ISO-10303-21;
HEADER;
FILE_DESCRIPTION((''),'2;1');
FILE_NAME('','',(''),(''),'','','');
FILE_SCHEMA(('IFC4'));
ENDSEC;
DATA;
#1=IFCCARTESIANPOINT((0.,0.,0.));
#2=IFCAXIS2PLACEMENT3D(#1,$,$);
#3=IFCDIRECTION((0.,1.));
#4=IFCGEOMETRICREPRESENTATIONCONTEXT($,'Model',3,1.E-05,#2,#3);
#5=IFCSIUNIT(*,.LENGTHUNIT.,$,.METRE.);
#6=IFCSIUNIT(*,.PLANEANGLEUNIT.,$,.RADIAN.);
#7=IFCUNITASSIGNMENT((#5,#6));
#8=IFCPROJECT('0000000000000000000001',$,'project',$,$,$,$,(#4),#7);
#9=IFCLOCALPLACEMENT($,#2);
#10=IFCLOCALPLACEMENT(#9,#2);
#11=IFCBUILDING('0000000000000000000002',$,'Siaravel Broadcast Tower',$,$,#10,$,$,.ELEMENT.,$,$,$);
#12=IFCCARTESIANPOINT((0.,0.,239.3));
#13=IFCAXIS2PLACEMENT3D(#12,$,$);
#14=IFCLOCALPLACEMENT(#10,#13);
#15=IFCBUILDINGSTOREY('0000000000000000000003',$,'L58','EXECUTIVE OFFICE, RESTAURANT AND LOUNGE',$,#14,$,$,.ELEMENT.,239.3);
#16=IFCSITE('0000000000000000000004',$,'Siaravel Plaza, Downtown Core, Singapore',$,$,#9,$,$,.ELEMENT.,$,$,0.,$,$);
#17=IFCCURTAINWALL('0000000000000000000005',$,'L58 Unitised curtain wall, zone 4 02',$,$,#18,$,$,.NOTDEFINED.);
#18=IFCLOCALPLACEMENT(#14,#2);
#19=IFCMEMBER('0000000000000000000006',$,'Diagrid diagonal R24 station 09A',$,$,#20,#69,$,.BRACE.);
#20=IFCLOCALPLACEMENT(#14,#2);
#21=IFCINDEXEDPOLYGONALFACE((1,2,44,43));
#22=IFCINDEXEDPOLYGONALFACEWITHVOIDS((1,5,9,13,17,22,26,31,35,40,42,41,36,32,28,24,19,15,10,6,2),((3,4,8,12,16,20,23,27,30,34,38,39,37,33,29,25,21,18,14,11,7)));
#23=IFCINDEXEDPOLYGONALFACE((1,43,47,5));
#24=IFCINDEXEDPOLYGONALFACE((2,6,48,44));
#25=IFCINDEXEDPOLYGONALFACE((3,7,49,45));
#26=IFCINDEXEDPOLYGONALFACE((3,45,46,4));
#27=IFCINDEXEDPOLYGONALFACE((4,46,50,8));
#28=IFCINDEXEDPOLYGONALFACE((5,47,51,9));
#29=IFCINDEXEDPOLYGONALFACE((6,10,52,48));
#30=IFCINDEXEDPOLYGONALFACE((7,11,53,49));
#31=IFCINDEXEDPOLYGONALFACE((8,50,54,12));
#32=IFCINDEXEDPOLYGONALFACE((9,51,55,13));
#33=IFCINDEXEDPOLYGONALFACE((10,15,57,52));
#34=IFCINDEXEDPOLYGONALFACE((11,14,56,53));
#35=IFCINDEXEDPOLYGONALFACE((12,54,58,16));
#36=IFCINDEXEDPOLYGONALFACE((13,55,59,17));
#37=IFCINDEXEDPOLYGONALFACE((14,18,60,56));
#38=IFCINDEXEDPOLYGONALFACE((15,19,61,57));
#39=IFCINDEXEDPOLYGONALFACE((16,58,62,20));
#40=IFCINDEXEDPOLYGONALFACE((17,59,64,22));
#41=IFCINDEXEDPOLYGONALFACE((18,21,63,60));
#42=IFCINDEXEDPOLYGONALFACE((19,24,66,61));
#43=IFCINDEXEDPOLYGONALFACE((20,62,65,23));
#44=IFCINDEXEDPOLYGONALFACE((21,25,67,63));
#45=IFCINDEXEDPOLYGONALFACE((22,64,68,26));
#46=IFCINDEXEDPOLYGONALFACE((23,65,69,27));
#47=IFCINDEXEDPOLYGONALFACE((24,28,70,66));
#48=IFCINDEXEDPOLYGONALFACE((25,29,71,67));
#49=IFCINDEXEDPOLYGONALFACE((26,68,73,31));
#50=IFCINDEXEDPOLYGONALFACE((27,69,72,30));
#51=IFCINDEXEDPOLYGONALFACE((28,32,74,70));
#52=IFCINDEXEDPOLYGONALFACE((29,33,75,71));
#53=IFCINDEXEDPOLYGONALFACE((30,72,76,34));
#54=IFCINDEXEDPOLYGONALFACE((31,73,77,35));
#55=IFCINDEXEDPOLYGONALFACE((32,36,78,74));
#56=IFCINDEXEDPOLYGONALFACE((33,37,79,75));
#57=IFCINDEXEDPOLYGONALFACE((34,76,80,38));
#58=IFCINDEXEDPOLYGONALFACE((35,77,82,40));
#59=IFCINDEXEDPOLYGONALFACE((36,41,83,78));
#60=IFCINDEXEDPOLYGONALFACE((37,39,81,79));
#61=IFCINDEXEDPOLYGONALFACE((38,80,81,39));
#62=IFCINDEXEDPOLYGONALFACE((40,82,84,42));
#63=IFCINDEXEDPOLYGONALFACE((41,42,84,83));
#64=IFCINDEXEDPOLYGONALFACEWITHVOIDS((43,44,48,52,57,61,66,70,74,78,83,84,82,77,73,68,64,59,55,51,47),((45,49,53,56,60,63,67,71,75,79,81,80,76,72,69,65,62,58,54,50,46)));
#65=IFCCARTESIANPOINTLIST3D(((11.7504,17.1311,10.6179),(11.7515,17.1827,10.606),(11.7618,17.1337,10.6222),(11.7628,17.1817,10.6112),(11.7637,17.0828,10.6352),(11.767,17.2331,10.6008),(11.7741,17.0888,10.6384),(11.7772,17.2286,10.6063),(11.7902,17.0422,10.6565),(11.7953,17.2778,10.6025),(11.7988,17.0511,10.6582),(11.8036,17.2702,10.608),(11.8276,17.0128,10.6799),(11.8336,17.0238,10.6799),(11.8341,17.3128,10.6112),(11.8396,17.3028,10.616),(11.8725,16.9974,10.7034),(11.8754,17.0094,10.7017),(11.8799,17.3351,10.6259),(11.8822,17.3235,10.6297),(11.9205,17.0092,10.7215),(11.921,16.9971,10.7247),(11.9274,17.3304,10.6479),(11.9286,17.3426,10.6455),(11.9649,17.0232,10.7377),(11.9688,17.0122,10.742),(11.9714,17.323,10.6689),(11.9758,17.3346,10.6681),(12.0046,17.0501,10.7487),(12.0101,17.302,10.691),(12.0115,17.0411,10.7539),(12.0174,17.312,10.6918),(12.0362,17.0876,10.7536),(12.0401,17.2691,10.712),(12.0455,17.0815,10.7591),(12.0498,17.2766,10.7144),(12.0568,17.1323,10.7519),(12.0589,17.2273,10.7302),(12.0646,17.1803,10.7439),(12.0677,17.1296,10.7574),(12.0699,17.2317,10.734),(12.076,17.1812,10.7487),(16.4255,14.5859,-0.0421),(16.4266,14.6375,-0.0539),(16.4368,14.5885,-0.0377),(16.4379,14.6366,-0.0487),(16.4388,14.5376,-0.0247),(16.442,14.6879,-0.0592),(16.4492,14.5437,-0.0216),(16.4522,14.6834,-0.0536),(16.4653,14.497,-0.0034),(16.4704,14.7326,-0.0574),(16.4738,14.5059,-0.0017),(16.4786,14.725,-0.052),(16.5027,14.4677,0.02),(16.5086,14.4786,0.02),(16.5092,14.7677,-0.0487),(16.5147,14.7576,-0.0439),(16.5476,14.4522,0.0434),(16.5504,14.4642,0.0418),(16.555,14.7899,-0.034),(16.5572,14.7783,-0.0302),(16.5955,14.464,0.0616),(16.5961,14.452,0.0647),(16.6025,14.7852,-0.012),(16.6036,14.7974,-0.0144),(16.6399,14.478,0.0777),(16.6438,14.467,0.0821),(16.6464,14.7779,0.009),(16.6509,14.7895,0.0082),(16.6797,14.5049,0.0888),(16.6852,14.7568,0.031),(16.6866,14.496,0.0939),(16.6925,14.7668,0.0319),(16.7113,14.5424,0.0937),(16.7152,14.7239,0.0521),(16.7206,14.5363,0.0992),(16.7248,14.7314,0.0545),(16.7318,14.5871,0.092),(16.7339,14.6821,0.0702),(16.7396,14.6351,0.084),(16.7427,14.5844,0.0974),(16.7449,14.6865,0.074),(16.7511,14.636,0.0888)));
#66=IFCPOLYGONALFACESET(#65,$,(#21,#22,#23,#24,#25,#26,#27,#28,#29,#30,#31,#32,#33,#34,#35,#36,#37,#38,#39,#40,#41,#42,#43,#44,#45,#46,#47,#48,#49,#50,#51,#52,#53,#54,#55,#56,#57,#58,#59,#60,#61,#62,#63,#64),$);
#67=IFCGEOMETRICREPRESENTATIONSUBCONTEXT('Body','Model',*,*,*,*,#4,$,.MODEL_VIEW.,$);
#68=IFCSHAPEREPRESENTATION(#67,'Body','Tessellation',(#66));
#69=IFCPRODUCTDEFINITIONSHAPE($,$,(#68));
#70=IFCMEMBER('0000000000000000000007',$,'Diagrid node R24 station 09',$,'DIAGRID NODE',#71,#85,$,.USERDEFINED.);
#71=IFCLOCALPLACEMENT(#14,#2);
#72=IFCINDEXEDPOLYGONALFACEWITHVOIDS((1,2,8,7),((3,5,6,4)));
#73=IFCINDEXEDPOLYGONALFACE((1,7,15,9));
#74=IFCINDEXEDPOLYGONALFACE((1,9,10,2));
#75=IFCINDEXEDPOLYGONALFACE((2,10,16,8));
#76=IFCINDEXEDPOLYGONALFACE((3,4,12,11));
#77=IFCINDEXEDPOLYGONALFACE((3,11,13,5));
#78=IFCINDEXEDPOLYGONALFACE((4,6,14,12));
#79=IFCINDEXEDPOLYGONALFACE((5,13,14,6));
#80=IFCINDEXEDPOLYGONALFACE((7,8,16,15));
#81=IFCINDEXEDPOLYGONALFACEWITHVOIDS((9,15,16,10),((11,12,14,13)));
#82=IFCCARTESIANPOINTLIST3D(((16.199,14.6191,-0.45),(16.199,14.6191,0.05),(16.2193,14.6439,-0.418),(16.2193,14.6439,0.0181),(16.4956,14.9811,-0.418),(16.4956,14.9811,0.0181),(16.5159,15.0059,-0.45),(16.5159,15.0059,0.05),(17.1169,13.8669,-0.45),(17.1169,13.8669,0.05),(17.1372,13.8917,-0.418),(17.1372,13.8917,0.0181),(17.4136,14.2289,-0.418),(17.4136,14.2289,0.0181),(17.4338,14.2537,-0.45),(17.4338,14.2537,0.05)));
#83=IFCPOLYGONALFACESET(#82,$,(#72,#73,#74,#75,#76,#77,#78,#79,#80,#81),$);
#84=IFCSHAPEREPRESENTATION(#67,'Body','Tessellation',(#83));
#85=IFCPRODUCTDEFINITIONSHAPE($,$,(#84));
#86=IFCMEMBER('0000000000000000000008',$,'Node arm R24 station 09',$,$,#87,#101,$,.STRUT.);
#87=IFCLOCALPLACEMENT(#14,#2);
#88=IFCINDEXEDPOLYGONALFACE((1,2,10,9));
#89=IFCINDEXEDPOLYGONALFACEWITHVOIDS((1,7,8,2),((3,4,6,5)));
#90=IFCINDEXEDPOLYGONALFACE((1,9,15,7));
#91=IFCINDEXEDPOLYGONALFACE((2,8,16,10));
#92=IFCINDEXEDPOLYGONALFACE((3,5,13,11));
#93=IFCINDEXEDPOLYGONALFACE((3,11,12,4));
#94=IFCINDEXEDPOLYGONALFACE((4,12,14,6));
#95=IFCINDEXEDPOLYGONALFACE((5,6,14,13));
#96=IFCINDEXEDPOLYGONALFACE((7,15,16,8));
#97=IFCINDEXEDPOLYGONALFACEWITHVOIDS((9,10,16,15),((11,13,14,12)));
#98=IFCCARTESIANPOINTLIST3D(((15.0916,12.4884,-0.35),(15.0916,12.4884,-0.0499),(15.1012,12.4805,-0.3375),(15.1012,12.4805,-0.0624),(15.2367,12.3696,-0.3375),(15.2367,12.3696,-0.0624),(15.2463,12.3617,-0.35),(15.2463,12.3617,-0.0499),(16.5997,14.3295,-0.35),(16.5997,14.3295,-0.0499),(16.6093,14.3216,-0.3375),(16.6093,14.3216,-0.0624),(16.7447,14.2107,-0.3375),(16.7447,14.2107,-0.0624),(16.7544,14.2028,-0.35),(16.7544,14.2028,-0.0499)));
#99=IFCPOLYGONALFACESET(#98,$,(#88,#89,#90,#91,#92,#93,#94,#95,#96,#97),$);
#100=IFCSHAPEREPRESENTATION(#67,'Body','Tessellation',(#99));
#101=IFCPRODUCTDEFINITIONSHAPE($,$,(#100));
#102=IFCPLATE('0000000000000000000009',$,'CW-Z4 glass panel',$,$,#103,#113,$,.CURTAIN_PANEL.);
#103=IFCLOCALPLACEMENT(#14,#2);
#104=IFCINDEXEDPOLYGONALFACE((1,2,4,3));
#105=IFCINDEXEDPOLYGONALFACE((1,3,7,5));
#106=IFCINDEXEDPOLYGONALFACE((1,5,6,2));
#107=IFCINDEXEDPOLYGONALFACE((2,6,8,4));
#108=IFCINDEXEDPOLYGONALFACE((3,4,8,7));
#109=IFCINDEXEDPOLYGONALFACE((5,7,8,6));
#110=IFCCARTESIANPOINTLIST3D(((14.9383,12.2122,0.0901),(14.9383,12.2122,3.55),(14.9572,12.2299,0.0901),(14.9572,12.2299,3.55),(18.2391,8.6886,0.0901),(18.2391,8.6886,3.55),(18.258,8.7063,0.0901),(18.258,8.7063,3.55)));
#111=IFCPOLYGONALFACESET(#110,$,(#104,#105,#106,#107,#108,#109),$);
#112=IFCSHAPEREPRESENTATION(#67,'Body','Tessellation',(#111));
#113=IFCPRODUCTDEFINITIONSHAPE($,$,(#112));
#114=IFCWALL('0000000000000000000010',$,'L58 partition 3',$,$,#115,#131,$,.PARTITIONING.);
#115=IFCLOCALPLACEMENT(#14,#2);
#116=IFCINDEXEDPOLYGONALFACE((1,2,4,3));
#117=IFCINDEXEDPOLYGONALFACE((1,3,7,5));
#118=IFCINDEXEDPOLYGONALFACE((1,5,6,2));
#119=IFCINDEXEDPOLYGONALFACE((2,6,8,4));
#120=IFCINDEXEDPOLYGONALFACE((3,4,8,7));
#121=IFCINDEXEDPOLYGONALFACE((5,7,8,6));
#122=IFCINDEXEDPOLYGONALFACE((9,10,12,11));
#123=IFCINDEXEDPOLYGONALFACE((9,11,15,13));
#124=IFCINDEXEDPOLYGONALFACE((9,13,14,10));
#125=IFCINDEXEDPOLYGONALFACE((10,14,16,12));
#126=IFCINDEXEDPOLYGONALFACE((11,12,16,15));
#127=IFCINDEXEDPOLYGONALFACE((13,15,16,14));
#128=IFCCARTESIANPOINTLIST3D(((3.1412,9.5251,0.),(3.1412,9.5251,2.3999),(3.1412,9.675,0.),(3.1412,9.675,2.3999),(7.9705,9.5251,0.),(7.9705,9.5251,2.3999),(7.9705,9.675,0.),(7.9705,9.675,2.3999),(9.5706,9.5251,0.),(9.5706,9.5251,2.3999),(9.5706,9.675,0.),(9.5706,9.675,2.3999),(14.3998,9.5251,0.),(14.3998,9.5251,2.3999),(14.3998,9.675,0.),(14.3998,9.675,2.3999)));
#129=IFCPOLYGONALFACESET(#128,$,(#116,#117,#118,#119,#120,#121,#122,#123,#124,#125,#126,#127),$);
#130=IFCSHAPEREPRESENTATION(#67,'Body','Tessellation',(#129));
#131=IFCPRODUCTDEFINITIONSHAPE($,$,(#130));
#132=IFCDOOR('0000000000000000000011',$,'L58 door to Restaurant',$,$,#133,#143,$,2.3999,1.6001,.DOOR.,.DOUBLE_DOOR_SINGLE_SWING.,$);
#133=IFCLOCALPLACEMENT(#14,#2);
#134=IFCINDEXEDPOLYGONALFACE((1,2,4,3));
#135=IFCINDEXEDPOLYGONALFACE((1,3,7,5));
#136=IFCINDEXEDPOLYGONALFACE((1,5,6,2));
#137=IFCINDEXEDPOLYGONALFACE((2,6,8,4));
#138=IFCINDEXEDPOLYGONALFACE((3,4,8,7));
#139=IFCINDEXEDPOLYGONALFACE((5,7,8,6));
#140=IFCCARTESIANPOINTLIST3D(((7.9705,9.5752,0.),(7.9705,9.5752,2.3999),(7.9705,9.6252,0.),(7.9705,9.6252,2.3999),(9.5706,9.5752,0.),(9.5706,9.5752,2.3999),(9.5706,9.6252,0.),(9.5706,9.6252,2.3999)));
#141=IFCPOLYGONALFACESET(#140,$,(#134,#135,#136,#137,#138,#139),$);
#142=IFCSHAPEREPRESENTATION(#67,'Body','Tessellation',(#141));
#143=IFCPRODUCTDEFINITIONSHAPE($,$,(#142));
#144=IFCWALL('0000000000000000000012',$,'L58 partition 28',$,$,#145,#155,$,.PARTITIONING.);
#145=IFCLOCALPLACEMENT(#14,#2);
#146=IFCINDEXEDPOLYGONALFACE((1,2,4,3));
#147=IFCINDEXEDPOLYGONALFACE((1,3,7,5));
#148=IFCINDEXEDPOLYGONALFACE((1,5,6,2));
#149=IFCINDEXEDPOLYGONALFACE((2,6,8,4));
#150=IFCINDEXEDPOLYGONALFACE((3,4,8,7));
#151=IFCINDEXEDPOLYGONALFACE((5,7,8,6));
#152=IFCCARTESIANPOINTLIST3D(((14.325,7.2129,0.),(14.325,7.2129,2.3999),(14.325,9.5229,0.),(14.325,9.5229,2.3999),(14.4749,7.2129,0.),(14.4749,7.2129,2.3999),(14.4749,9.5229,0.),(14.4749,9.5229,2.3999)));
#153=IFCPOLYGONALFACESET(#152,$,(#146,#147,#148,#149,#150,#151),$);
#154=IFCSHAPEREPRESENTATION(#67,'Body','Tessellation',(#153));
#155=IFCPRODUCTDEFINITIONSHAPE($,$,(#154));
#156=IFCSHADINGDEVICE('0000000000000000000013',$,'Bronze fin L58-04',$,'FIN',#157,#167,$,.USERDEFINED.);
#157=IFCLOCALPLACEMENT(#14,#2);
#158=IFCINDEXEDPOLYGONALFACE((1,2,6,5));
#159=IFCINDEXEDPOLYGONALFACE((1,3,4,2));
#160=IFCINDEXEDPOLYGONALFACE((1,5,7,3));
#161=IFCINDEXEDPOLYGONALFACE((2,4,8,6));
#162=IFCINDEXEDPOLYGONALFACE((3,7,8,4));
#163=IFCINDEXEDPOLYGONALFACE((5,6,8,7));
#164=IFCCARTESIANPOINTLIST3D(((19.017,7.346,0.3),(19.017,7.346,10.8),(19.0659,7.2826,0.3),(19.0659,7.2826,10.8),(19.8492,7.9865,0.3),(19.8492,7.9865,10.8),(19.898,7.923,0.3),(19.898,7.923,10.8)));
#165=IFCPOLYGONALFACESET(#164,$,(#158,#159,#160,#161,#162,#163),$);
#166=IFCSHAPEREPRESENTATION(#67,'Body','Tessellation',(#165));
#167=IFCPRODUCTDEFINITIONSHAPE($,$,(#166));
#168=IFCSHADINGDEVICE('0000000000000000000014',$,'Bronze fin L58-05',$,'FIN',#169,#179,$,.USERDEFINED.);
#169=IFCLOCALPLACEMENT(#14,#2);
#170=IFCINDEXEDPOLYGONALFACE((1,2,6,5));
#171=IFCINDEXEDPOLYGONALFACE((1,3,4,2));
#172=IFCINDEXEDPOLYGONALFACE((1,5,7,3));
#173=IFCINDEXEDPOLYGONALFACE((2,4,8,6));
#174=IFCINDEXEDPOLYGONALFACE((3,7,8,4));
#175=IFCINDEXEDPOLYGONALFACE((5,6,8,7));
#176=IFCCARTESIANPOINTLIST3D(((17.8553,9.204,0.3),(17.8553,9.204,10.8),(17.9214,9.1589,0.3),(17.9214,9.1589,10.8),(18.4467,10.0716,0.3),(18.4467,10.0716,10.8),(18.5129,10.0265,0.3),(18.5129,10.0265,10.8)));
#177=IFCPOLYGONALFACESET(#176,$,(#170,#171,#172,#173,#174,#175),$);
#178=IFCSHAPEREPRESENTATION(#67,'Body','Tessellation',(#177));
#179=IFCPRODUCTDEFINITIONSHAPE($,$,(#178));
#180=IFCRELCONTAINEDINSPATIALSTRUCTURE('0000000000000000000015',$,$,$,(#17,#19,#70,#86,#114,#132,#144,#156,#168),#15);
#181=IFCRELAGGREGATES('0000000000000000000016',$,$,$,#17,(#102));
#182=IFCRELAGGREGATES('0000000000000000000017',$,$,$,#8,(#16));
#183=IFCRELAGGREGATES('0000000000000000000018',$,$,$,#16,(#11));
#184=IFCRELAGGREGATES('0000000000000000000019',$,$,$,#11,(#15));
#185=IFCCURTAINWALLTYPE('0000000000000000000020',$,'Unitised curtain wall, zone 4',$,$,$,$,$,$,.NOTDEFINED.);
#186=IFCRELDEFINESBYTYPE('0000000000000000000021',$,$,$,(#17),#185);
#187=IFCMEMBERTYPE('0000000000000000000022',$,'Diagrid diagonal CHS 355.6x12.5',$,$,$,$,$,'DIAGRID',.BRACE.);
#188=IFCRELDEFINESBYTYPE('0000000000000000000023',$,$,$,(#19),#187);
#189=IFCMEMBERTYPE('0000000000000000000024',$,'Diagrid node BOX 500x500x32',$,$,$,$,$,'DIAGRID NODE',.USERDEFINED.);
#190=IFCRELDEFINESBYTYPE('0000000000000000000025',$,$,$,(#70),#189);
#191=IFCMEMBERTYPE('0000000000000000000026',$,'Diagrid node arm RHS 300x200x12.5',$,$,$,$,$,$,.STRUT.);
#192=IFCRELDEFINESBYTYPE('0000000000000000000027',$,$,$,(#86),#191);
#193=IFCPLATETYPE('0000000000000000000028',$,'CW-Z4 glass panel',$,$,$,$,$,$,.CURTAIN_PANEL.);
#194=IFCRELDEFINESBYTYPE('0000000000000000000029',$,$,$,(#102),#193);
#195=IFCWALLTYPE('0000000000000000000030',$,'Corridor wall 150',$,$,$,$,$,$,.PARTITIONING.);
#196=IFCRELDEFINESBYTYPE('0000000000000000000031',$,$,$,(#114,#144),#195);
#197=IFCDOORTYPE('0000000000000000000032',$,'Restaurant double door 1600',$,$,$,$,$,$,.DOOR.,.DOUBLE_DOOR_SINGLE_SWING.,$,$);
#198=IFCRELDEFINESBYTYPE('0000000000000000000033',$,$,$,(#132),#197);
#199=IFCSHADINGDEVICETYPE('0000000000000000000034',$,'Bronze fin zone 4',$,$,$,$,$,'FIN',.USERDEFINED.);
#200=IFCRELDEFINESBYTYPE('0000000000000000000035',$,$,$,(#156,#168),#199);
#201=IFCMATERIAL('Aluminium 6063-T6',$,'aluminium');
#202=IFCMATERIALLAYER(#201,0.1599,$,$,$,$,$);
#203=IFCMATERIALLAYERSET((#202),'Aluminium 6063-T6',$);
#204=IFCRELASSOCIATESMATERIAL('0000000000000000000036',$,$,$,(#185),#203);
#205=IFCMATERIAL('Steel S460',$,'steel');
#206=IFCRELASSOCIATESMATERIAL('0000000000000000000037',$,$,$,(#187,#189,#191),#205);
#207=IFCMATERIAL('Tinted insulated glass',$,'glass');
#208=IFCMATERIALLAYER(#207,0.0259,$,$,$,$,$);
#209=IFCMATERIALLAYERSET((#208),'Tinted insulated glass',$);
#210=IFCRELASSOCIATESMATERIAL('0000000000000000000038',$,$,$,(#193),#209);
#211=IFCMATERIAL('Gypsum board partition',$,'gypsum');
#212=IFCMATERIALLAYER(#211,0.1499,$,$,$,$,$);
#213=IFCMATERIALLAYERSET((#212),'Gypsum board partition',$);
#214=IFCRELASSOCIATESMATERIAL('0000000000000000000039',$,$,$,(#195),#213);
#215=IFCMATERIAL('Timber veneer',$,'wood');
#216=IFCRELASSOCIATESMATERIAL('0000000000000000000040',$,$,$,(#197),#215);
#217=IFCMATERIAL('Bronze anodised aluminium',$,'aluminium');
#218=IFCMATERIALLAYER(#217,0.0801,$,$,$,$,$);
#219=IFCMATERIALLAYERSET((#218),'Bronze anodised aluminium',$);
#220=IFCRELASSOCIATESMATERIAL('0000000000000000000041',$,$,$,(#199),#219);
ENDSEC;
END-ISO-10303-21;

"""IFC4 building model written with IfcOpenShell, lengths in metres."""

from ifc_helpers import new_model, si_unit, direction, frame, frame_2d, origin, origin_2d, place, context, subcontext, project, spatial, rectangle, hollow_rectangle, hollow_circle, extrude, material, layer, layer_set, material_profile, profile_set, type_object, element, fill, aggregate, save


model = new_model("IFC4")

# Units and contexts
model_context = context("Model", 3, precision=1e-05, world=origin(), true_north=direction((0.0, 1.0)))
body_context = subcontext(model_context, "Body", "Model", "MODEL_VIEW")
ifc_project = project(units=[si_unit("LENGTHUNIT", "METRE"), si_unit("PLANEANGLEUNIT", "RADIAN")], contexts=[model_context])

# Site, building, storey
site_placement = place(None, origin())
site = spatial("IfcSite", under=ifc_project, at=site_placement, Name="Siaravel Plaza, Downtown Core, Singapore", CompositionType="ELEMENT", RefElevation=0.0)
building_placement = place(site_placement, origin())
building = spatial("IfcBuilding", under=site, at=building_placement, Name="Siaravel Broadcast Tower", CompositionType="ELEMENT")
storey_placement = place(building_placement, frame((0.0, 0.0, 239.3)))
storey = spatial("IfcBuildingStorey", under=building, at=storey_placement, Name="L58", Description="EXECUTIVE OFFICE, RESTAURANT AND LOUNGE", CompositionType="ELEMENT", Elevation=239.3)

# Shared definitions
ifc_material_1 = material(Name="Aluminium 6063-T6", Category="aluminium")
ifc_layer_1 = layer(ifc_material_1, 0.1599)
ifc_layer_set_1 = layer_set([ifc_layer_1], Name="Aluminium 6063-T6")
curtain_wall_type = type_object("IfcCurtainWallType", Name="Unitised curtain wall, zone 4", PredefinedType="NOTDEFINED", material=ifc_layer_set_1)

# Curtain wall
curtain_wall_1_placement = place(storey_placement, origin())
curtain_wall_1 = element("IfcCurtainWall", 1, at=curtain_wall_1_placement, inside=storey, type_object=curtain_wall_type, Name="L58 Unitised curtain wall, zone 4 02", PredefinedType="NOTDEFINED")

# Members
ifc_material_2 = material(Name="Steel S460", Category="steel")
ifc_material_profile_1 = material_profile(ifc_material_2, hollow_circle(Radius=0.1777, WallThickness=0.0125, at=origin_2d()))
ifc_profile_set_1 = profile_set([ifc_material_profile_1], Name="Steel S460")
member_type_1 = type_object("IfcMemberType", Name="Diagrid diagonal CHS 355.6x12.5", ElementType="DIAGRID", PredefinedType="BRACE", material=ifc_profile_set_1)
member_1_placement = place(storey_placement, frame((16.5876, 14.6238, 0.02), z_axis=(-0.392366, 0.21361, 0.894662), x_axis=(-0.478148, -0.878279, 0.0)))
element("IfcMember", 2, at=member_1_placement, inside=storey, type_object=member_type_1, Name="Diagrid diagonal R24 station 09A", PredefinedType="BRACE", context=body_context, shape_type="SweptSolid", body=[
    extrude(hollow_circle(Radius=0.1777, WallThickness=0.0125, at=origin_2d()), origin(), (0.0, 0.0, 1.0), 11.915),
])
ifc_material_profile_2 = material_profile(ifc_material_2, hollow_rectangle(XDim=0.5, YDim=0.5, WallThickness=0.032, at=origin_2d()))
ifc_profile_set_2 = profile_set([ifc_material_profile_2], Name="Steel S460")
member_type_2 = type_object("IfcMemberType", Name="Diagrid node BOX 500x500x32", ElementType="DIAGRID NODE", PredefinedType="USERDEFINED", material=ifc_profile_set_2)
member_2_placement = place(storey_placement, frame((17.2754, 14.0603, -0.2), z_axis=(-0.77349, 0.633809, 0.0), x_axis=(-0.633809, -0.77349, 0.0)))
element("IfcMember", 3, at=member_2_placement, inside=storey, type_object=member_type_2, Name="Diagrid node R24 station 09", ObjectType="DIAGRID NODE", PredefinedType="USERDEFINED", context=body_context, shape_type="SweptSolid", body=[
    extrude(hollow_rectangle(XDim=0.5, YDim=0.5, WallThickness=0.032, at=origin_2d()), origin(), (0.0, 0.0, 1.0), 1.1868),
])
ifc_material_profile_3 = material_profile(ifc_material_2, hollow_rectangle(XDim=0.2, YDim=0.3, WallThickness=0.0125, at=origin_2d()))
ifc_profile_set_3 = profile_set([ifc_material_profile_3], Name="Steel S460")
member_type_3 = type_object("IfcMemberType", Name="Diagrid node arm RHS 300x200x12.5", PredefinedType="STRUT", material=ifc_profile_set_3)
member_3_placement = place(storey_placement, frame((15.1689, 12.425, -0.2), z_axis=(0.633673, 0.773601, 0.0), x_axis=(-0.773601, 0.633673, 0.0)))
element("IfcMember", 4, at=member_3_placement, inside=storey, type_object=member_type_3, Name="Node arm R24 station 09", PredefinedType="STRUT", context=body_context, shape_type="SweptSolid", body=[
    extrude(hollow_rectangle(XDim=0.2, YDim=0.3, WallThickness=0.0125, at=origin_2d()), origin(), (0.0, 0.0, 1.0), 2.3799),
])

# Plate
ifc_material_3 = material(Name="Tinted insulated glass", Category="glass")
ifc_layer_2 = layer(ifc_material_3, 0.0259)
ifc_layer_set_2 = layer_set([ifc_layer_2], Name="Tinted insulated glass")
plate_type = type_object("IfcPlateType", Name="CW-Z4 glass panel", PredefinedType="CURTAIN_PANEL", material=ifc_layer_set_2)
plate_placement = place(storey_placement, frame((16.5981, 10.4592, 0.0901), z_axis=(0.0, 0.0, 1.0), x_axis=(-0.683654, 0.729807, 0.0)))
plate = element("IfcPlate", 5, at=plate_placement, type_object=plate_type, Name="CW-Z4 glass panel", PredefinedType="CURTAIN_PANEL", context=body_context, shape_type="SweptSolid", body=[
    extrude(rectangle(XDim=4.8281, YDim=0.0259, at=origin_2d()), origin(), (0.0, 0.0, 1.0), 3.46),
])
aggregate(curtain_wall_1, [plate])

# Wall, opening, door
ifc_material_4 = material(Name="Gypsum board partition", Category="gypsum")
ifc_layer_3 = layer(ifc_material_4, 0.1499)
ifc_layer_set_3 = layer_set([ifc_layer_3], Name="Gypsum board partition")
wall_type = type_object("IfcWallType", Name="Corridor wall 150", PredefinedType="PARTITIONING", material=ifc_layer_set_3)
wall_1_placement = place(storey_placement, frame((14.3999, 9.6001, 0.0), z_axis=(0.0, 0.0, 1.0), x_axis=(-1.0, 0.0, 0.0)))
wall_1 = element("IfcWall", 6, at=wall_1_placement, inside=storey, type_object=wall_type, Name="L58 partition 3", PredefinedType="PARTITIONING", context=body_context, shape_type="SweptSolid", body=[
    extrude(rectangle(XDim=11.2585, YDim=0.1499, at=frame_2d((5.6294, 0.0))), origin(), (0.0, 0.0, 1.0), 2.3999),
])
opening_placement = place(wall_1_placement, frame((4.8293, 0.0, 0.0)))
opening = element("IfcOpeningElement", 7, at=opening_placement, cuts=wall_1, PredefinedType="OPENING", context=body_context, shape_type="SweptSolid", body=[
    extrude(rectangle(XDim=1.6001, YDim=2.3999, at=frame_2d((0.8, 1.2))), frame((0.0, 0.085, 0.0), z_axis=(0.0, -1.0, 0.0), x_axis=(1.0, 0.0, 0.0)), (0.0, 0.0, 1.0), 0.1699),
])
ifc_material_5 = material(Name="Timber veneer", Category="wood")
door_type = type_object("IfcDoorType", Name="Restaurant double door 1600", OperationType="DOUBLE_DOOR_SINGLE_SWING", PredefinedType="DOOR", material=ifc_material_5)
door_placement = place(opening_placement, origin())
door = element("IfcDoor", 8, at=door_placement, inside=storey, type_object=door_type, Name="L58 door to Restaurant", OperationType="DOUBLE_DOOR_SINGLE_SWING", OverallHeight=2.3999, OverallWidth=1.6001, PredefinedType="DOOR", context=body_context, shape_type="SweptSolid", body=[
    extrude(rectangle(XDim=1.6001, YDim=2.3999, at=frame_2d((0.8, 1.2))), frame((0.0, 0.0249, 0.0), z_axis=(0.0, -1.0, 0.0), x_axis=(1.0, 0.0, 0.0)), (0.0, 0.0, 1.0), 0.05),
])
fill(opening, door)

# Wall
wall_2_placement = place(storey_placement, frame((14.3999, 7.2129, 0.0), z_axis=(0.0, 0.0, 1.0), x_axis=(0.0, 1.0, 0.0)))
element("IfcWall", 9, at=wall_2_placement, inside=storey, type_object=wall_type, Name="L58 partition 28", PredefinedType="PARTITIONING", context=body_context, shape_type="SweptSolid", body=[
    extrude(rectangle(XDim=2.3101, YDim=0.1499, at=frame_2d((1.155, 0.0))), origin(), (0.0, 0.0, 1.0), 2.3999),
])

# Shading devices
ifc_material_6 = material(Name="Bronze anodised aluminium", Category="aluminium")
ifc_layer_4 = layer(ifc_material_6, 0.0801)
ifc_layer_set_4 = layer_set([ifc_layer_4], Name="Bronze anodised aluminium")
shading_device_type = type_object("IfcShadingDeviceType", Name="Bronze fin zone 4", ElementType="FIN", PredefinedType="USERDEFINED", material=ifc_layer_set_4)
for number, where, z_axis, x_axis, name in (
    (10, (19.4575, 7.6345, 0.3), (0.0, 0.0, 1.0), (0.792492, 0.609882, 0.0), "Bronze fin L58-04"),
    (11, (18.1841, 9.6152, 0.3), (0.0, 0.0, 1.0), (0.563301, 0.826252, 0.0), "Bronze fin L58-05"),
):
    element("IfcShadingDevice", number, at=place(storey_placement, frame(where, z_axis=z_axis, x_axis=x_axis)), inside=storey, type_object=shading_device_type, Name=name, ObjectType="FIN", PredefinedType="USERDEFINED", context=body_context, shape_type="SweptSolid", body=[
        extrude(rectangle(XDim=1.05, YDim=0.0801, at=origin_2d()), origin(), (0.0, 0.0, 1.0), 10.5),
    ])

save(model, "model.ifc")
